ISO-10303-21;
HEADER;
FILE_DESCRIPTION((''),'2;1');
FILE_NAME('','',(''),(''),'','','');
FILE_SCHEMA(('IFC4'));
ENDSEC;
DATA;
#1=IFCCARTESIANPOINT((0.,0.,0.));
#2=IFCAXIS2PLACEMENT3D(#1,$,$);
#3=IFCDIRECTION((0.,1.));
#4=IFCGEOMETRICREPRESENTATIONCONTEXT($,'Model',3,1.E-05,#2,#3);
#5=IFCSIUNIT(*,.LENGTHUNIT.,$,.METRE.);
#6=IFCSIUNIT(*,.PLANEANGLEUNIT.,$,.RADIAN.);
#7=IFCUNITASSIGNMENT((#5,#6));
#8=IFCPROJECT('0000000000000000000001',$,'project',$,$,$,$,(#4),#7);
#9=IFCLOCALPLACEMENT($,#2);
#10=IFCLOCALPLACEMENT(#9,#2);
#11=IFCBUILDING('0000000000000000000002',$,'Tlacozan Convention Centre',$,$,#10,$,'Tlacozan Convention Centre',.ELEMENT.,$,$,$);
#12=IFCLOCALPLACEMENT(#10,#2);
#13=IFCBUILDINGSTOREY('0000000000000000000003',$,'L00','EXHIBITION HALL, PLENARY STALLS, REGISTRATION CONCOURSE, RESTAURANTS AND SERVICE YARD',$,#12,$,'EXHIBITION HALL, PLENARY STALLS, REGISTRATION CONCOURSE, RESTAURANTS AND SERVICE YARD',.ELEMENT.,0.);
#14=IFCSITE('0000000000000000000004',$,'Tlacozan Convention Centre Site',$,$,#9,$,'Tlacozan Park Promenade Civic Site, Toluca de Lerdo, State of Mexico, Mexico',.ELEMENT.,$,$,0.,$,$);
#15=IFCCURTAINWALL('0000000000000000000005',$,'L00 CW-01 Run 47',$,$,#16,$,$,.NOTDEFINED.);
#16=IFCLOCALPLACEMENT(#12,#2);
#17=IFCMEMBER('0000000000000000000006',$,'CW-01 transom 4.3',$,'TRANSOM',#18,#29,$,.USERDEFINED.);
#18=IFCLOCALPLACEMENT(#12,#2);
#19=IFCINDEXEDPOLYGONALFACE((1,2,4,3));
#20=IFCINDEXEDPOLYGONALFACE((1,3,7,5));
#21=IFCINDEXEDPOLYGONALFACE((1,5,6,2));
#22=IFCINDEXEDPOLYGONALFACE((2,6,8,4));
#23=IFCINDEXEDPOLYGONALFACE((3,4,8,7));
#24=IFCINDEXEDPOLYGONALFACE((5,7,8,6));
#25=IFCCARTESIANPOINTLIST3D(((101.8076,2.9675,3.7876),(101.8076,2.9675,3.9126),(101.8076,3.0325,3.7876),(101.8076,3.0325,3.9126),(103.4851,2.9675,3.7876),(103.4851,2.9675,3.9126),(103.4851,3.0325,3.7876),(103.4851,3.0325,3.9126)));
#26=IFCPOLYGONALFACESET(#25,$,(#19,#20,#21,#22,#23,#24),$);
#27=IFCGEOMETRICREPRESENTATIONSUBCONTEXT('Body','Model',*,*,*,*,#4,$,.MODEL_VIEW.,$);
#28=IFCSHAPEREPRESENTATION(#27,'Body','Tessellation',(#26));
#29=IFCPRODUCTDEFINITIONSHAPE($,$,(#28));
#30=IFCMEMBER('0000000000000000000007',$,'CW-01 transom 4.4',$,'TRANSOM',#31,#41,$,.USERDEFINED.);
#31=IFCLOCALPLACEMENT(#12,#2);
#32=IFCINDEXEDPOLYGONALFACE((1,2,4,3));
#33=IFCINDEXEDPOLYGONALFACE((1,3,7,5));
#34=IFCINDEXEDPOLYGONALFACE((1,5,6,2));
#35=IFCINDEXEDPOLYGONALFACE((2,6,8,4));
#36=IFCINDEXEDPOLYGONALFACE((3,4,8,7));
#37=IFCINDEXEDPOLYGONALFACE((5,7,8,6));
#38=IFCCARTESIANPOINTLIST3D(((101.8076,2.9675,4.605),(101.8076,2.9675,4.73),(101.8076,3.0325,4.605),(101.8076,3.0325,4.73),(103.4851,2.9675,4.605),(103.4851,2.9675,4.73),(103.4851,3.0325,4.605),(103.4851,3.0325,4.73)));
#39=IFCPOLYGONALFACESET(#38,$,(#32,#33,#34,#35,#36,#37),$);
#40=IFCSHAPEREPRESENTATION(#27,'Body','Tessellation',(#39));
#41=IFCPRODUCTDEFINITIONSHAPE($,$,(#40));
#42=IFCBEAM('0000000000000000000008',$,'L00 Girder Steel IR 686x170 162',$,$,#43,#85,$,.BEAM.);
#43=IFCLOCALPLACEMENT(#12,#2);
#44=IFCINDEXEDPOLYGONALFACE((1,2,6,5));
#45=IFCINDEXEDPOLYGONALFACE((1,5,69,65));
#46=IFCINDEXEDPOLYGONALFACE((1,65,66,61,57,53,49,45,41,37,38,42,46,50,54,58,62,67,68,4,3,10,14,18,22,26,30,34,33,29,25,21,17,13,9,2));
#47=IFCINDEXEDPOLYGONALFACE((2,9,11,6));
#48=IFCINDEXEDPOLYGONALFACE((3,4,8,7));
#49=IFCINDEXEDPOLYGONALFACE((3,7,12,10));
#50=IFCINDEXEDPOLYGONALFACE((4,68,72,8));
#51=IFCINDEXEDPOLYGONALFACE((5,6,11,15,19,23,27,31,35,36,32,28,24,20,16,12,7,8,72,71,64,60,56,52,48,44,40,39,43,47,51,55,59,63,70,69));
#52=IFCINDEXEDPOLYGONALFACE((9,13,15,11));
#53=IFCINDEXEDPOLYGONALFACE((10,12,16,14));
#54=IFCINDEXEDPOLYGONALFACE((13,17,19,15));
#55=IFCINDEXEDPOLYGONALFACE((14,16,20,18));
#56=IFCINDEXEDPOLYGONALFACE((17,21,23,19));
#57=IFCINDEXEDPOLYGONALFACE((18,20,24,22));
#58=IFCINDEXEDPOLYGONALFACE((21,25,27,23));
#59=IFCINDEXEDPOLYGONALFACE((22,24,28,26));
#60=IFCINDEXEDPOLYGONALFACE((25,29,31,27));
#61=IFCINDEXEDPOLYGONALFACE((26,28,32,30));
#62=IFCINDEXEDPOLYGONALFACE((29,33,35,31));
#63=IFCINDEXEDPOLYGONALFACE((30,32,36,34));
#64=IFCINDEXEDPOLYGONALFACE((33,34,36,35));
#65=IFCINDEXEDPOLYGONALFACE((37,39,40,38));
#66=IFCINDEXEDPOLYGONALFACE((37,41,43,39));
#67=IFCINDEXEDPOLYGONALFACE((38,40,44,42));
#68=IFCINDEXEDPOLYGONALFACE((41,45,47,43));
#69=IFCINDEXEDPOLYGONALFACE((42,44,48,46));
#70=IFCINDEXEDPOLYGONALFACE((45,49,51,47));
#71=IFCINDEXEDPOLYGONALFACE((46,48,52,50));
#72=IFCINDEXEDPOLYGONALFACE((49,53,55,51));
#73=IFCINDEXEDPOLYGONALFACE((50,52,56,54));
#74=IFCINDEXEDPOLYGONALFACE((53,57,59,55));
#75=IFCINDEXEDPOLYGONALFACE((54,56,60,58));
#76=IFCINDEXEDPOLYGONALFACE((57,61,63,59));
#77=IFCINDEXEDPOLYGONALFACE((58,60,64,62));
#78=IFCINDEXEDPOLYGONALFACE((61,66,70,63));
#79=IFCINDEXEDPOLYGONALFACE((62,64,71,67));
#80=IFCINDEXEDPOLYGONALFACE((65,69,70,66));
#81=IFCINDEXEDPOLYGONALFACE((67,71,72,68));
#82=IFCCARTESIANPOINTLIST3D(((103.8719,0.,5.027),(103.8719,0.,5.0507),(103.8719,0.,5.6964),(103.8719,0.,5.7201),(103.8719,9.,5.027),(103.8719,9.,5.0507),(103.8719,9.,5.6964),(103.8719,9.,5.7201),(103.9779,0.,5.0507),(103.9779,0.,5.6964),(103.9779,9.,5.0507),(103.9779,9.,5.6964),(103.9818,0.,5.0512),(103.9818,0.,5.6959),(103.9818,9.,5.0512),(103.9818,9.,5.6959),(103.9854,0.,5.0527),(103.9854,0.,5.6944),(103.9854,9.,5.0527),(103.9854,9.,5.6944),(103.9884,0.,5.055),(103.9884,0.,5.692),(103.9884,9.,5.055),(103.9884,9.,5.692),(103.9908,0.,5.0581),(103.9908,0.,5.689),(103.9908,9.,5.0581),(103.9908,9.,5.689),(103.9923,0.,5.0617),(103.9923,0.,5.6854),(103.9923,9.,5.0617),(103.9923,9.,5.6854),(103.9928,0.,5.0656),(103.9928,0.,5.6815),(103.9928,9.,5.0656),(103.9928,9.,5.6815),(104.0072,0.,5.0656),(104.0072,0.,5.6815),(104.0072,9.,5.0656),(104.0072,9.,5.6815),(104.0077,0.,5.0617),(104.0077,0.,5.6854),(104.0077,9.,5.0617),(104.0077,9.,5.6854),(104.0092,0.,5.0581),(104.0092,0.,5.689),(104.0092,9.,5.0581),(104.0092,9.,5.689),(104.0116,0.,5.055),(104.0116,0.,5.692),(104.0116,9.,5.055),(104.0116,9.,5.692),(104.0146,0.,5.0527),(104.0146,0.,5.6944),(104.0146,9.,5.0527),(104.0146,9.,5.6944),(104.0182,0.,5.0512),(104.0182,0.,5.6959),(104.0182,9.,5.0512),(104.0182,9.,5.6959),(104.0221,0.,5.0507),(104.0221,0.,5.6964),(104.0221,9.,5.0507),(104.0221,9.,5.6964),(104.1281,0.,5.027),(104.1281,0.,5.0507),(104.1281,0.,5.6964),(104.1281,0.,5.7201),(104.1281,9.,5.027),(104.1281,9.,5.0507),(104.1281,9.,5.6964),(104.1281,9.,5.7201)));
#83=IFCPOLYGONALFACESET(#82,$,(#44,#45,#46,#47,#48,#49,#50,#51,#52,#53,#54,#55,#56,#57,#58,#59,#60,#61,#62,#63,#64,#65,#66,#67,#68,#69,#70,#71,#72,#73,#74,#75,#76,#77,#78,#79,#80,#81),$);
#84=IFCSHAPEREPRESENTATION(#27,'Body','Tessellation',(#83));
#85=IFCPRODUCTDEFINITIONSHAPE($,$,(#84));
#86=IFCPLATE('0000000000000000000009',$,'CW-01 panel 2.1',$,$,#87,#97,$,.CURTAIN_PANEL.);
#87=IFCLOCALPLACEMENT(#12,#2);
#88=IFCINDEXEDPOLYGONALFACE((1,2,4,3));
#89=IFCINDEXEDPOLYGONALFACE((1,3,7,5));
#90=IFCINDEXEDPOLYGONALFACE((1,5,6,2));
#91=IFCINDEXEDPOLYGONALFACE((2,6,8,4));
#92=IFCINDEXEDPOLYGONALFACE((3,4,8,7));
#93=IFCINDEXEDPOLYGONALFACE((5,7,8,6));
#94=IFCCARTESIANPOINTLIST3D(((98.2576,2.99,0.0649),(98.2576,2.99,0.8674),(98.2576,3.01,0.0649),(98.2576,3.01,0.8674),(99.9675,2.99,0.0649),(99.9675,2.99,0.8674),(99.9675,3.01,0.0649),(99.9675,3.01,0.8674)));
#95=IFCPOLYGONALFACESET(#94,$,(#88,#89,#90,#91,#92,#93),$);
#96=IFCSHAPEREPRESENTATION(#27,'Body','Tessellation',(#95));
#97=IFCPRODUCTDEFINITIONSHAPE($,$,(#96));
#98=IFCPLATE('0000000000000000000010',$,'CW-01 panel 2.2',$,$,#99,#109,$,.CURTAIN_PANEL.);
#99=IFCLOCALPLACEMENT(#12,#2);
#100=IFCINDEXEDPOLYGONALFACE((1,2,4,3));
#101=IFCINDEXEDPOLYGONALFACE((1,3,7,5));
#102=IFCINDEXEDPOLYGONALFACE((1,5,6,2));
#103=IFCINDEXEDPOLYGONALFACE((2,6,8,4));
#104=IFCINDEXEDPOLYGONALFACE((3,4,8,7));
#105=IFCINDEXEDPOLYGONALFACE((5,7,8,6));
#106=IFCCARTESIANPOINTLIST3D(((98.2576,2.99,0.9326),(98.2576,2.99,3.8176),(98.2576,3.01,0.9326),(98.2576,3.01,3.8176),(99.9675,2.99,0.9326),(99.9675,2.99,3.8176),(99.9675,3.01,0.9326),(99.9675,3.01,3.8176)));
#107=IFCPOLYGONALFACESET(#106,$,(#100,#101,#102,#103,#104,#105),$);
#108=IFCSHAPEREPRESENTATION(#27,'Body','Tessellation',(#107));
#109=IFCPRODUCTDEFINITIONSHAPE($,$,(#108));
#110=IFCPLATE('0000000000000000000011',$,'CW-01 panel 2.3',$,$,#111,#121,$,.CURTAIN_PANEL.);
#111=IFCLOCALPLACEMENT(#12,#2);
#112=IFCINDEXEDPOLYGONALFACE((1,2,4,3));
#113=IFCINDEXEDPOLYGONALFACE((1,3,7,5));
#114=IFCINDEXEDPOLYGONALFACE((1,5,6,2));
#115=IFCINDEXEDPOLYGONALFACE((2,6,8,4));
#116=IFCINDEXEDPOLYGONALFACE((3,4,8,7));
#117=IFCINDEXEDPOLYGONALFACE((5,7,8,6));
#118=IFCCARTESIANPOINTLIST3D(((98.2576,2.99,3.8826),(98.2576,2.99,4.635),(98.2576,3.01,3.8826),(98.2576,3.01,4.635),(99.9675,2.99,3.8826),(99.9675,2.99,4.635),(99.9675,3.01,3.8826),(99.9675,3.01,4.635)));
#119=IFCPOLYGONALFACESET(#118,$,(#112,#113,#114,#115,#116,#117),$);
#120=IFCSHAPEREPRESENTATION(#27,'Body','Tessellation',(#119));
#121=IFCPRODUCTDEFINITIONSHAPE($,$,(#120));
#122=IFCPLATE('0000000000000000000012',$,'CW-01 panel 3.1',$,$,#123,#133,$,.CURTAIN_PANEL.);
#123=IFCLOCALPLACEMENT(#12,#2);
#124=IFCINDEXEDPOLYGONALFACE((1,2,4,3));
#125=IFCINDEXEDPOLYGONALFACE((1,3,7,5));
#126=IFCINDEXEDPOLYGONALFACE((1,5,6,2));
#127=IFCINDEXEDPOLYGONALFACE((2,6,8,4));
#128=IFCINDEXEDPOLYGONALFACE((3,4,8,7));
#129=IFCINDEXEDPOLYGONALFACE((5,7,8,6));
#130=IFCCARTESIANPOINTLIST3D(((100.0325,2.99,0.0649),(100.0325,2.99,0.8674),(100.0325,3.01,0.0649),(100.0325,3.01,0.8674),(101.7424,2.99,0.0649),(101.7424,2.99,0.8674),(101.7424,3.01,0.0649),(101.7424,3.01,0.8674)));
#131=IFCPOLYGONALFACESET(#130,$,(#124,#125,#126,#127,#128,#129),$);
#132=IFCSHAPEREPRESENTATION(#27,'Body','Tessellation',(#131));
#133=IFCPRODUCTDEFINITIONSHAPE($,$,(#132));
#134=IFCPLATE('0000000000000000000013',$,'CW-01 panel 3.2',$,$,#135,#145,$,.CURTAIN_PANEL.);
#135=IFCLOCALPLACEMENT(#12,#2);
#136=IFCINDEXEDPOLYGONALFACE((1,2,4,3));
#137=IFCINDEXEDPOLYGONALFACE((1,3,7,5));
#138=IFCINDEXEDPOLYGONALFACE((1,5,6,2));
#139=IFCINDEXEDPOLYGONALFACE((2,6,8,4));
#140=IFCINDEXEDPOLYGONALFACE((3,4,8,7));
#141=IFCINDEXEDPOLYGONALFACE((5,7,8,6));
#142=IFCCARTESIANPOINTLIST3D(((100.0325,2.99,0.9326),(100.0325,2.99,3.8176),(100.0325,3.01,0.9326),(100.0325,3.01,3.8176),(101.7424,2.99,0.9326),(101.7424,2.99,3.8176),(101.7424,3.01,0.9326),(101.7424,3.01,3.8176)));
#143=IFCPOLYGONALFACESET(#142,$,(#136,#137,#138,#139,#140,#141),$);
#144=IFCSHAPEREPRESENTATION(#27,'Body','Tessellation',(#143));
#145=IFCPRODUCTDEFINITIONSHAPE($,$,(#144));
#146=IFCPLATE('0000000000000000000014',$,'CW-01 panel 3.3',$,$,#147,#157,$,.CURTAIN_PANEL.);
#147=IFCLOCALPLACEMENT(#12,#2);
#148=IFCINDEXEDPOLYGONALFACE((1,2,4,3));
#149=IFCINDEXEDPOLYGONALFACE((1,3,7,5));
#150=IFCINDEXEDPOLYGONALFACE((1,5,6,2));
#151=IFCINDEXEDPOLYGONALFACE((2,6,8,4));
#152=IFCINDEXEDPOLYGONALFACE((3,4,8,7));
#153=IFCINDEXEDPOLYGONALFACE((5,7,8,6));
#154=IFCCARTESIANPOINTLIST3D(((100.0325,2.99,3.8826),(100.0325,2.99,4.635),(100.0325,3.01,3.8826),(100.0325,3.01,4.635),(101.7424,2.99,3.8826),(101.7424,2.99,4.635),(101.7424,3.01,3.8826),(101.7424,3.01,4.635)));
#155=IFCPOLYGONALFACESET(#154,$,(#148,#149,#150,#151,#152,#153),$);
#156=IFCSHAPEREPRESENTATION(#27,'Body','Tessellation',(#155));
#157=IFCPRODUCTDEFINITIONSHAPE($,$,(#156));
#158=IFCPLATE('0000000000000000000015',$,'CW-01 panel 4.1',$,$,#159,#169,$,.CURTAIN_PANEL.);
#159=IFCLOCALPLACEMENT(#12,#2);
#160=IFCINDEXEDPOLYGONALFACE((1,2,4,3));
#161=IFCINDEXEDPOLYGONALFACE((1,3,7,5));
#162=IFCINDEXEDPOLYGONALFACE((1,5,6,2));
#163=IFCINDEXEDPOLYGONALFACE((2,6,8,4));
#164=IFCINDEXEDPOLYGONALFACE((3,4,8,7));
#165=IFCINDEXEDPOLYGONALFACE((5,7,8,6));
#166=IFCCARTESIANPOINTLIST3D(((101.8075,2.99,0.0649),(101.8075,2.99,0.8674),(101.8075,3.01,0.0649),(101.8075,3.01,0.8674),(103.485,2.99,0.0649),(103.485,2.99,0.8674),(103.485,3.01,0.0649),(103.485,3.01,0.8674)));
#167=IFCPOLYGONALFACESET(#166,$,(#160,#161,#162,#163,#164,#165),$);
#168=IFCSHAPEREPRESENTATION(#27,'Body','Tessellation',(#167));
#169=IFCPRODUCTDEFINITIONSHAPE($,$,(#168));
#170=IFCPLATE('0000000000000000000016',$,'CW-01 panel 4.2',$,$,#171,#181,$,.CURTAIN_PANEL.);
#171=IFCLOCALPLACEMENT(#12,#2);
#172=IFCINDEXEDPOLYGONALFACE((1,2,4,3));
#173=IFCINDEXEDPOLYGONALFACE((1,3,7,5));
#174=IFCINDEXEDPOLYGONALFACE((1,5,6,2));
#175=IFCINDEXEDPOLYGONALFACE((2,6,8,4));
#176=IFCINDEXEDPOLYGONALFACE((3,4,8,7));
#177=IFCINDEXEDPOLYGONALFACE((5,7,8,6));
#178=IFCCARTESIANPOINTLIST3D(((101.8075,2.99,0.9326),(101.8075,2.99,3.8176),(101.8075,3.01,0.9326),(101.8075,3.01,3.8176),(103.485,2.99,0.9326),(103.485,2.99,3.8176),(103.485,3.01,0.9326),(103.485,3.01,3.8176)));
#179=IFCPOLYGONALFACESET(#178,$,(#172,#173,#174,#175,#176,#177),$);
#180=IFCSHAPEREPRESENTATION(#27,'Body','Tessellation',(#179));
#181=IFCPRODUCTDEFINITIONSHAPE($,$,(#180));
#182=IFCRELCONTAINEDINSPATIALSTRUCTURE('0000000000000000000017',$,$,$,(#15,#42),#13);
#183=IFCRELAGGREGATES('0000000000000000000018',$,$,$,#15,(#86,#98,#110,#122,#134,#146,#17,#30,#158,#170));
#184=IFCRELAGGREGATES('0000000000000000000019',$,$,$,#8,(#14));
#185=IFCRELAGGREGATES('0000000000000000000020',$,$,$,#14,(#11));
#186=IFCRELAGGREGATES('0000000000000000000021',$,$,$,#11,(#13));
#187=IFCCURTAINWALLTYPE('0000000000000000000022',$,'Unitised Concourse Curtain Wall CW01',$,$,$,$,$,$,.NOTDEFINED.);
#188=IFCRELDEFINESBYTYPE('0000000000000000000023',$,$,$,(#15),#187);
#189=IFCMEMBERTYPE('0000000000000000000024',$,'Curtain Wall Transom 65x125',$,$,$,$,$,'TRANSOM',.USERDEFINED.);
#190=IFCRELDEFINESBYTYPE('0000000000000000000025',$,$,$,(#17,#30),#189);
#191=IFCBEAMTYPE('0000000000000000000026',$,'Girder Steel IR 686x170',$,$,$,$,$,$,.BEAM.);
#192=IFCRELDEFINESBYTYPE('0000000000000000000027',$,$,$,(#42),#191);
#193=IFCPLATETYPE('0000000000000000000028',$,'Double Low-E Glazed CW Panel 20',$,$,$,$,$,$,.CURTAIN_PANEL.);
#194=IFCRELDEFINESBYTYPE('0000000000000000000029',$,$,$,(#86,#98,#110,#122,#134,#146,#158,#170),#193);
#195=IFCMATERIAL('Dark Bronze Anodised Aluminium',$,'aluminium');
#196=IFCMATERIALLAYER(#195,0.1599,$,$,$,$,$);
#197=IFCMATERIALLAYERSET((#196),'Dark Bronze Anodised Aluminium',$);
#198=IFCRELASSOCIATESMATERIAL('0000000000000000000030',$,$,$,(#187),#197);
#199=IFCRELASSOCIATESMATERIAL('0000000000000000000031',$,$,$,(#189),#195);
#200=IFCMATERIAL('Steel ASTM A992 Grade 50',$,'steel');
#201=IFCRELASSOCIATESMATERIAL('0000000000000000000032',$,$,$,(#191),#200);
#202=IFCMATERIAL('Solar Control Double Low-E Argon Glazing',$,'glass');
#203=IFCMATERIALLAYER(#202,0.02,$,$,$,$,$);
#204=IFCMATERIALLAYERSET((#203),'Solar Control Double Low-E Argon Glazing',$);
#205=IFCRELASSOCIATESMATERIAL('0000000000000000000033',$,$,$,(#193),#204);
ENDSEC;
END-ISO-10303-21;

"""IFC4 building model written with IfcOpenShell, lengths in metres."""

from ifc_helpers import new_model, si_unit, direction, frame, origin, origin_2d, place, context, subcontext, project, spatial, rectangle, i_section, extrude, material, layer, layer_set, material_profile, profile_set, type_object, element, aggregate, save


model = new_model("IFC4")

# Units and contexts
model_context = context("Model", 3, precision=1e-05, world=origin(), true_north=direction((0.0, 1.0)))
body_context = subcontext(model_context, "Body", "Model", "MODEL_VIEW")
ifc_project = project(units=[si_unit("LENGTHUNIT", "METRE"), si_unit("PLANEANGLEUNIT", "RADIAN")], contexts=[model_context])

# Site, building, storey
site_placement = place(None, origin())
site = spatial("IfcSite", under=ifc_project, at=site_placement, Name="Tlacozan Convention Centre Site", LongName="Tlacozan Park Promenade Civic Site, Toluca de Lerdo, State of Mexico, Mexico", CompositionType="ELEMENT", RefElevation=0.0)
building_placement = place(site_placement, origin())
building = spatial("IfcBuilding", under=site, at=building_placement, Name="Tlacozan Convention Centre", LongName="Tlacozan Convention Centre", CompositionType="ELEMENT")
storey_placement = place(building_placement, origin())
storey = spatial("IfcBuildingStorey", under=building, at=storey_placement, Name="L00", Description="EXHIBITION HALL, PLENARY STALLS, REGISTRATION CONCOURSE, RESTAURANTS AND SERVICE YARD", LongName="EXHIBITION HALL, PLENARY STALLS, REGISTRATION CONCOURSE, RESTAURANTS AND SERVICE YARD", CompositionType="ELEMENT", Elevation=0.0)

# Curtain wall, members
ifc_material_1 = material(Name="Dark Bronze Anodised Aluminium", Category="aluminium")
ifc_layer_1 = layer(ifc_material_1, 0.1599)
ifc_layer_set_1 = layer_set([ifc_layer_1], Name="Dark Bronze Anodised Aluminium")
curtain_wall_type = type_object("IfcCurtainWallType", Name="Unitised Concourse Curtain Wall CW01", PredefinedType="NOTDEFINED", material=ifc_layer_set_1)
curtain_wall_placement = place(storey_placement, origin())
curtain_wall = element("IfcCurtainWall", 1, at=curtain_wall_placement, inside=storey, type_object=curtain_wall_type, Name="L00 CW-01 Run 47", PredefinedType="NOTDEFINED")
ifc_material_profile_1 = material_profile(ifc_material_1, rectangle(XDim=0.0649, YDim=0.125, at=origin_2d()), Name="ALU 65x125")
ifc_profile_set_1 = profile_set([ifc_material_profile_1], Name="Dark Bronze Anodised Aluminium")
member_type_1 = type_object("IfcMemberType", Name="Curtain Wall Transom 65x125", ElementType="TRANSOM", PredefinedType="USERDEFINED", material=ifc_profile_set_1)
member_1_placement = place(storey_placement, frame((101.8076, 3.0, 3.8501), z_axis=(1.0, 0.0, 0.0), x_axis=(0.0, 1.0, 0.0)))
member_1 = element("IfcMember", 2, at=member_1_placement, type_object=member_type_1, Name="CW-01 transom 4.3", ObjectType="TRANSOM", PredefinedType="USERDEFINED", context=body_context, shape_type="SweptSolid", body=[
    extrude(rectangle(XDim=0.0649, YDim=0.125, at=origin_2d()), origin(), (0.0, 0.0, 1.0), 1.6775),
])
member_2_placement = place(storey_placement, frame((101.8076, 3.0, 4.6675), z_axis=(1.0, 0.0, 0.0), x_axis=(0.0, 1.0, 0.0)))
member_2 = element("IfcMember", 3, at=member_2_placement, type_object=member_type_1, Name="CW-01 transom 4.4", ObjectType="TRANSOM", PredefinedType="USERDEFINED", context=body_context, shape_type="SweptSolid", body=[
    extrude(rectangle(XDim=0.0649, YDim=0.125, at=origin_2d()), origin(), (0.0, 0.0, 1.0), 1.6775),
])

# Beam
ifc_material_2 = material(Name="Steel ASTM A992 Grade 50", Category="steel")
ifc_material_profile_2 = material_profile(ifc_material_2, i_section(OverallWidth=0.2561, OverallDepth=0.6931, WebThickness=0.0144, FlangeThickness=0.0237, FilletRadius=0.0149, at=origin_2d()), Name="IR 686x170.0")
ifc_profile_set_2 = profile_set([ifc_material_profile_2], Name="Steel ASTM A992 Grade 50")
beam_type = type_object("IfcBeamType", Name="Girder Steel IR 686x170", PredefinedType="BEAM", material=ifc_profile_set_2)
beam_placement = place(storey_placement, frame((104.0, 0.0, 5.3735), z_axis=(0.0, 1.0, 0.0), x_axis=(-1.0, 0.0, 0.0)))
element("IfcBeam", 4, at=beam_placement, inside=storey, type_object=beam_type, Name="L00 Girder Steel IR 686x170 162", PredefinedType="BEAM", context=body_context, shape_type="SweptSolid", body=[
    extrude(i_section(OverallWidth=0.2561, OverallDepth=0.6931, WebThickness=0.0144, FlangeThickness=0.0237, FilletRadius=0.0149, at=origin_2d()), origin(), (0.0, 0.0, 1.0), 9.0),
])

# Plates
ifc_material_3 = material(Name="Solar Control Double Low-E Argon Glazing", Category="glass")
ifc_layer_2 = layer(ifc_material_3, 0.02)
ifc_layer_set_2 = layer_set([ifc_layer_2], Name="Solar Control Double Low-E Argon Glazing")
plate_type = type_object("IfcPlateType", Name="Double Low-E Glazed CW Panel 20", PredefinedType="CURTAIN_PANEL", material=ifc_layer_set_2)
plate_1_placement = place(storey_placement, frame((99.1125, 3.0, 0.0649), z_axis=(0.0, 0.0, 1.0), x_axis=(1.0, 0.0, 0.0)))
plate_1 = element("IfcPlate", 5, at=plate_1_placement, type_object=plate_type, Name="CW-01 panel 2.1", PredefinedType="CURTAIN_PANEL", context=body_context, shape_type="SweptSolid", body=[
    extrude(rectangle(XDim=1.71, YDim=0.02, at=origin_2d()), origin(), (0.0, 0.0, 1.0), 0.8025),
])
plate_2_placement = place(storey_placement, frame((99.1125, 3.0, 0.9326), z_axis=(0.0, 0.0, 1.0), x_axis=(1.0, 0.0, 0.0)))
plate_2 = element("IfcPlate", 6, at=plate_2_placement, type_object=plate_type, Name="CW-01 panel 2.2", PredefinedType="CURTAIN_PANEL", context=body_context, shape_type="SweptSolid", body=[
    extrude(rectangle(XDim=1.71, YDim=0.02, at=origin_2d()), origin(), (0.0, 0.0, 1.0), 2.885),
])
plate_3_placement = place(storey_placement, frame((99.1125, 3.0, 3.8826), z_axis=(0.0, 0.0, 1.0), x_axis=(1.0, 0.0, 0.0)))
plate_3 = element("IfcPlate", 7, at=plate_3_placement, type_object=plate_type, Name="CW-01 panel 2.3", PredefinedType="CURTAIN_PANEL", context=body_context, shape_type="SweptSolid", body=[
    extrude(rectangle(XDim=1.71, YDim=0.02, at=origin_2d()), origin(), (0.0, 0.0, 1.0), 0.7524),
])
plate_4_placement = place(storey_placement, frame((100.8875, 3.0, 0.0649), z_axis=(0.0, 0.0, 1.0), x_axis=(1.0, 0.0, 0.0)))
plate_4 = element("IfcPlate", 8, at=plate_4_placement, type_object=plate_type, Name="CW-01 panel 3.1", PredefinedType="CURTAIN_PANEL", context=body_context, shape_type="SweptSolid", body=[
    extrude(rectangle(XDim=1.71, YDim=0.02, at=origin_2d()), origin(), (0.0, 0.0, 1.0), 0.8025),
])
plate_5_placement = place(storey_placement, frame((100.8875, 3.0, 0.9326), z_axis=(0.0, 0.0, 1.0), x_axis=(1.0, 0.0, 0.0)))
plate_5 = element("IfcPlate", 9, at=plate_5_placement, type_object=plate_type, Name="CW-01 panel 3.2", PredefinedType="CURTAIN_PANEL", context=body_context, shape_type="SweptSolid", body=[
    extrude(rectangle(XDim=1.71, YDim=0.02, at=origin_2d()), origin(), (0.0, 0.0, 1.0), 2.885),
])
plate_6_placement = place(storey_placement, frame((100.8875, 3.0, 3.8826), z_axis=(0.0, 0.0, 1.0), x_axis=(1.0, 0.0, 0.0)))
plate_6 = element("IfcPlate", 10, at=plate_6_placement, type_object=plate_type, Name="CW-01 panel 3.3", PredefinedType="CURTAIN_PANEL", context=body_context, shape_type="SweptSolid", body=[
    extrude(rectangle(XDim=1.71, YDim=0.02, at=origin_2d()), origin(), (0.0, 0.0, 1.0), 0.7524),
])
plate_7_placement = place(storey_placement, frame((102.6462, 3.0, 0.0649), z_axis=(0.0, 0.0, 1.0), x_axis=(1.0, 0.0, 0.0)))
plate_7 = element("IfcPlate", 11, at=plate_7_placement, type_object=plate_type, Name="CW-01 panel 4.1", PredefinedType="CURTAIN_PANEL", context=body_context, shape_type="SweptSolid", body=[
    extrude(rectangle(XDim=1.6775, YDim=0.02, at=origin_2d()), origin(), (0.0, 0.0, 1.0), 0.8025),
])
plate_8_placement = place(storey_placement, frame((102.6462, 3.0, 0.9326), z_axis=(0.0, 0.0, 1.0), x_axis=(1.0, 0.0, 0.0)))
plate_8 = element("IfcPlate", 12, at=plate_8_placement, type_object=plate_type, Name="CW-01 panel 4.2", PredefinedType="CURTAIN_PANEL", context=body_context, shape_type="SweptSolid", body=[
    extrude(rectangle(XDim=1.6775, YDim=0.02, at=origin_2d()), origin(), (0.0, 0.0, 1.0), 2.885),
])
aggregate(curtain_wall, [plate_1, plate_2, plate_3, plate_4, plate_5, plate_6, member_1, member_2, plate_7, plate_8])

save(model, "model.ifc")
